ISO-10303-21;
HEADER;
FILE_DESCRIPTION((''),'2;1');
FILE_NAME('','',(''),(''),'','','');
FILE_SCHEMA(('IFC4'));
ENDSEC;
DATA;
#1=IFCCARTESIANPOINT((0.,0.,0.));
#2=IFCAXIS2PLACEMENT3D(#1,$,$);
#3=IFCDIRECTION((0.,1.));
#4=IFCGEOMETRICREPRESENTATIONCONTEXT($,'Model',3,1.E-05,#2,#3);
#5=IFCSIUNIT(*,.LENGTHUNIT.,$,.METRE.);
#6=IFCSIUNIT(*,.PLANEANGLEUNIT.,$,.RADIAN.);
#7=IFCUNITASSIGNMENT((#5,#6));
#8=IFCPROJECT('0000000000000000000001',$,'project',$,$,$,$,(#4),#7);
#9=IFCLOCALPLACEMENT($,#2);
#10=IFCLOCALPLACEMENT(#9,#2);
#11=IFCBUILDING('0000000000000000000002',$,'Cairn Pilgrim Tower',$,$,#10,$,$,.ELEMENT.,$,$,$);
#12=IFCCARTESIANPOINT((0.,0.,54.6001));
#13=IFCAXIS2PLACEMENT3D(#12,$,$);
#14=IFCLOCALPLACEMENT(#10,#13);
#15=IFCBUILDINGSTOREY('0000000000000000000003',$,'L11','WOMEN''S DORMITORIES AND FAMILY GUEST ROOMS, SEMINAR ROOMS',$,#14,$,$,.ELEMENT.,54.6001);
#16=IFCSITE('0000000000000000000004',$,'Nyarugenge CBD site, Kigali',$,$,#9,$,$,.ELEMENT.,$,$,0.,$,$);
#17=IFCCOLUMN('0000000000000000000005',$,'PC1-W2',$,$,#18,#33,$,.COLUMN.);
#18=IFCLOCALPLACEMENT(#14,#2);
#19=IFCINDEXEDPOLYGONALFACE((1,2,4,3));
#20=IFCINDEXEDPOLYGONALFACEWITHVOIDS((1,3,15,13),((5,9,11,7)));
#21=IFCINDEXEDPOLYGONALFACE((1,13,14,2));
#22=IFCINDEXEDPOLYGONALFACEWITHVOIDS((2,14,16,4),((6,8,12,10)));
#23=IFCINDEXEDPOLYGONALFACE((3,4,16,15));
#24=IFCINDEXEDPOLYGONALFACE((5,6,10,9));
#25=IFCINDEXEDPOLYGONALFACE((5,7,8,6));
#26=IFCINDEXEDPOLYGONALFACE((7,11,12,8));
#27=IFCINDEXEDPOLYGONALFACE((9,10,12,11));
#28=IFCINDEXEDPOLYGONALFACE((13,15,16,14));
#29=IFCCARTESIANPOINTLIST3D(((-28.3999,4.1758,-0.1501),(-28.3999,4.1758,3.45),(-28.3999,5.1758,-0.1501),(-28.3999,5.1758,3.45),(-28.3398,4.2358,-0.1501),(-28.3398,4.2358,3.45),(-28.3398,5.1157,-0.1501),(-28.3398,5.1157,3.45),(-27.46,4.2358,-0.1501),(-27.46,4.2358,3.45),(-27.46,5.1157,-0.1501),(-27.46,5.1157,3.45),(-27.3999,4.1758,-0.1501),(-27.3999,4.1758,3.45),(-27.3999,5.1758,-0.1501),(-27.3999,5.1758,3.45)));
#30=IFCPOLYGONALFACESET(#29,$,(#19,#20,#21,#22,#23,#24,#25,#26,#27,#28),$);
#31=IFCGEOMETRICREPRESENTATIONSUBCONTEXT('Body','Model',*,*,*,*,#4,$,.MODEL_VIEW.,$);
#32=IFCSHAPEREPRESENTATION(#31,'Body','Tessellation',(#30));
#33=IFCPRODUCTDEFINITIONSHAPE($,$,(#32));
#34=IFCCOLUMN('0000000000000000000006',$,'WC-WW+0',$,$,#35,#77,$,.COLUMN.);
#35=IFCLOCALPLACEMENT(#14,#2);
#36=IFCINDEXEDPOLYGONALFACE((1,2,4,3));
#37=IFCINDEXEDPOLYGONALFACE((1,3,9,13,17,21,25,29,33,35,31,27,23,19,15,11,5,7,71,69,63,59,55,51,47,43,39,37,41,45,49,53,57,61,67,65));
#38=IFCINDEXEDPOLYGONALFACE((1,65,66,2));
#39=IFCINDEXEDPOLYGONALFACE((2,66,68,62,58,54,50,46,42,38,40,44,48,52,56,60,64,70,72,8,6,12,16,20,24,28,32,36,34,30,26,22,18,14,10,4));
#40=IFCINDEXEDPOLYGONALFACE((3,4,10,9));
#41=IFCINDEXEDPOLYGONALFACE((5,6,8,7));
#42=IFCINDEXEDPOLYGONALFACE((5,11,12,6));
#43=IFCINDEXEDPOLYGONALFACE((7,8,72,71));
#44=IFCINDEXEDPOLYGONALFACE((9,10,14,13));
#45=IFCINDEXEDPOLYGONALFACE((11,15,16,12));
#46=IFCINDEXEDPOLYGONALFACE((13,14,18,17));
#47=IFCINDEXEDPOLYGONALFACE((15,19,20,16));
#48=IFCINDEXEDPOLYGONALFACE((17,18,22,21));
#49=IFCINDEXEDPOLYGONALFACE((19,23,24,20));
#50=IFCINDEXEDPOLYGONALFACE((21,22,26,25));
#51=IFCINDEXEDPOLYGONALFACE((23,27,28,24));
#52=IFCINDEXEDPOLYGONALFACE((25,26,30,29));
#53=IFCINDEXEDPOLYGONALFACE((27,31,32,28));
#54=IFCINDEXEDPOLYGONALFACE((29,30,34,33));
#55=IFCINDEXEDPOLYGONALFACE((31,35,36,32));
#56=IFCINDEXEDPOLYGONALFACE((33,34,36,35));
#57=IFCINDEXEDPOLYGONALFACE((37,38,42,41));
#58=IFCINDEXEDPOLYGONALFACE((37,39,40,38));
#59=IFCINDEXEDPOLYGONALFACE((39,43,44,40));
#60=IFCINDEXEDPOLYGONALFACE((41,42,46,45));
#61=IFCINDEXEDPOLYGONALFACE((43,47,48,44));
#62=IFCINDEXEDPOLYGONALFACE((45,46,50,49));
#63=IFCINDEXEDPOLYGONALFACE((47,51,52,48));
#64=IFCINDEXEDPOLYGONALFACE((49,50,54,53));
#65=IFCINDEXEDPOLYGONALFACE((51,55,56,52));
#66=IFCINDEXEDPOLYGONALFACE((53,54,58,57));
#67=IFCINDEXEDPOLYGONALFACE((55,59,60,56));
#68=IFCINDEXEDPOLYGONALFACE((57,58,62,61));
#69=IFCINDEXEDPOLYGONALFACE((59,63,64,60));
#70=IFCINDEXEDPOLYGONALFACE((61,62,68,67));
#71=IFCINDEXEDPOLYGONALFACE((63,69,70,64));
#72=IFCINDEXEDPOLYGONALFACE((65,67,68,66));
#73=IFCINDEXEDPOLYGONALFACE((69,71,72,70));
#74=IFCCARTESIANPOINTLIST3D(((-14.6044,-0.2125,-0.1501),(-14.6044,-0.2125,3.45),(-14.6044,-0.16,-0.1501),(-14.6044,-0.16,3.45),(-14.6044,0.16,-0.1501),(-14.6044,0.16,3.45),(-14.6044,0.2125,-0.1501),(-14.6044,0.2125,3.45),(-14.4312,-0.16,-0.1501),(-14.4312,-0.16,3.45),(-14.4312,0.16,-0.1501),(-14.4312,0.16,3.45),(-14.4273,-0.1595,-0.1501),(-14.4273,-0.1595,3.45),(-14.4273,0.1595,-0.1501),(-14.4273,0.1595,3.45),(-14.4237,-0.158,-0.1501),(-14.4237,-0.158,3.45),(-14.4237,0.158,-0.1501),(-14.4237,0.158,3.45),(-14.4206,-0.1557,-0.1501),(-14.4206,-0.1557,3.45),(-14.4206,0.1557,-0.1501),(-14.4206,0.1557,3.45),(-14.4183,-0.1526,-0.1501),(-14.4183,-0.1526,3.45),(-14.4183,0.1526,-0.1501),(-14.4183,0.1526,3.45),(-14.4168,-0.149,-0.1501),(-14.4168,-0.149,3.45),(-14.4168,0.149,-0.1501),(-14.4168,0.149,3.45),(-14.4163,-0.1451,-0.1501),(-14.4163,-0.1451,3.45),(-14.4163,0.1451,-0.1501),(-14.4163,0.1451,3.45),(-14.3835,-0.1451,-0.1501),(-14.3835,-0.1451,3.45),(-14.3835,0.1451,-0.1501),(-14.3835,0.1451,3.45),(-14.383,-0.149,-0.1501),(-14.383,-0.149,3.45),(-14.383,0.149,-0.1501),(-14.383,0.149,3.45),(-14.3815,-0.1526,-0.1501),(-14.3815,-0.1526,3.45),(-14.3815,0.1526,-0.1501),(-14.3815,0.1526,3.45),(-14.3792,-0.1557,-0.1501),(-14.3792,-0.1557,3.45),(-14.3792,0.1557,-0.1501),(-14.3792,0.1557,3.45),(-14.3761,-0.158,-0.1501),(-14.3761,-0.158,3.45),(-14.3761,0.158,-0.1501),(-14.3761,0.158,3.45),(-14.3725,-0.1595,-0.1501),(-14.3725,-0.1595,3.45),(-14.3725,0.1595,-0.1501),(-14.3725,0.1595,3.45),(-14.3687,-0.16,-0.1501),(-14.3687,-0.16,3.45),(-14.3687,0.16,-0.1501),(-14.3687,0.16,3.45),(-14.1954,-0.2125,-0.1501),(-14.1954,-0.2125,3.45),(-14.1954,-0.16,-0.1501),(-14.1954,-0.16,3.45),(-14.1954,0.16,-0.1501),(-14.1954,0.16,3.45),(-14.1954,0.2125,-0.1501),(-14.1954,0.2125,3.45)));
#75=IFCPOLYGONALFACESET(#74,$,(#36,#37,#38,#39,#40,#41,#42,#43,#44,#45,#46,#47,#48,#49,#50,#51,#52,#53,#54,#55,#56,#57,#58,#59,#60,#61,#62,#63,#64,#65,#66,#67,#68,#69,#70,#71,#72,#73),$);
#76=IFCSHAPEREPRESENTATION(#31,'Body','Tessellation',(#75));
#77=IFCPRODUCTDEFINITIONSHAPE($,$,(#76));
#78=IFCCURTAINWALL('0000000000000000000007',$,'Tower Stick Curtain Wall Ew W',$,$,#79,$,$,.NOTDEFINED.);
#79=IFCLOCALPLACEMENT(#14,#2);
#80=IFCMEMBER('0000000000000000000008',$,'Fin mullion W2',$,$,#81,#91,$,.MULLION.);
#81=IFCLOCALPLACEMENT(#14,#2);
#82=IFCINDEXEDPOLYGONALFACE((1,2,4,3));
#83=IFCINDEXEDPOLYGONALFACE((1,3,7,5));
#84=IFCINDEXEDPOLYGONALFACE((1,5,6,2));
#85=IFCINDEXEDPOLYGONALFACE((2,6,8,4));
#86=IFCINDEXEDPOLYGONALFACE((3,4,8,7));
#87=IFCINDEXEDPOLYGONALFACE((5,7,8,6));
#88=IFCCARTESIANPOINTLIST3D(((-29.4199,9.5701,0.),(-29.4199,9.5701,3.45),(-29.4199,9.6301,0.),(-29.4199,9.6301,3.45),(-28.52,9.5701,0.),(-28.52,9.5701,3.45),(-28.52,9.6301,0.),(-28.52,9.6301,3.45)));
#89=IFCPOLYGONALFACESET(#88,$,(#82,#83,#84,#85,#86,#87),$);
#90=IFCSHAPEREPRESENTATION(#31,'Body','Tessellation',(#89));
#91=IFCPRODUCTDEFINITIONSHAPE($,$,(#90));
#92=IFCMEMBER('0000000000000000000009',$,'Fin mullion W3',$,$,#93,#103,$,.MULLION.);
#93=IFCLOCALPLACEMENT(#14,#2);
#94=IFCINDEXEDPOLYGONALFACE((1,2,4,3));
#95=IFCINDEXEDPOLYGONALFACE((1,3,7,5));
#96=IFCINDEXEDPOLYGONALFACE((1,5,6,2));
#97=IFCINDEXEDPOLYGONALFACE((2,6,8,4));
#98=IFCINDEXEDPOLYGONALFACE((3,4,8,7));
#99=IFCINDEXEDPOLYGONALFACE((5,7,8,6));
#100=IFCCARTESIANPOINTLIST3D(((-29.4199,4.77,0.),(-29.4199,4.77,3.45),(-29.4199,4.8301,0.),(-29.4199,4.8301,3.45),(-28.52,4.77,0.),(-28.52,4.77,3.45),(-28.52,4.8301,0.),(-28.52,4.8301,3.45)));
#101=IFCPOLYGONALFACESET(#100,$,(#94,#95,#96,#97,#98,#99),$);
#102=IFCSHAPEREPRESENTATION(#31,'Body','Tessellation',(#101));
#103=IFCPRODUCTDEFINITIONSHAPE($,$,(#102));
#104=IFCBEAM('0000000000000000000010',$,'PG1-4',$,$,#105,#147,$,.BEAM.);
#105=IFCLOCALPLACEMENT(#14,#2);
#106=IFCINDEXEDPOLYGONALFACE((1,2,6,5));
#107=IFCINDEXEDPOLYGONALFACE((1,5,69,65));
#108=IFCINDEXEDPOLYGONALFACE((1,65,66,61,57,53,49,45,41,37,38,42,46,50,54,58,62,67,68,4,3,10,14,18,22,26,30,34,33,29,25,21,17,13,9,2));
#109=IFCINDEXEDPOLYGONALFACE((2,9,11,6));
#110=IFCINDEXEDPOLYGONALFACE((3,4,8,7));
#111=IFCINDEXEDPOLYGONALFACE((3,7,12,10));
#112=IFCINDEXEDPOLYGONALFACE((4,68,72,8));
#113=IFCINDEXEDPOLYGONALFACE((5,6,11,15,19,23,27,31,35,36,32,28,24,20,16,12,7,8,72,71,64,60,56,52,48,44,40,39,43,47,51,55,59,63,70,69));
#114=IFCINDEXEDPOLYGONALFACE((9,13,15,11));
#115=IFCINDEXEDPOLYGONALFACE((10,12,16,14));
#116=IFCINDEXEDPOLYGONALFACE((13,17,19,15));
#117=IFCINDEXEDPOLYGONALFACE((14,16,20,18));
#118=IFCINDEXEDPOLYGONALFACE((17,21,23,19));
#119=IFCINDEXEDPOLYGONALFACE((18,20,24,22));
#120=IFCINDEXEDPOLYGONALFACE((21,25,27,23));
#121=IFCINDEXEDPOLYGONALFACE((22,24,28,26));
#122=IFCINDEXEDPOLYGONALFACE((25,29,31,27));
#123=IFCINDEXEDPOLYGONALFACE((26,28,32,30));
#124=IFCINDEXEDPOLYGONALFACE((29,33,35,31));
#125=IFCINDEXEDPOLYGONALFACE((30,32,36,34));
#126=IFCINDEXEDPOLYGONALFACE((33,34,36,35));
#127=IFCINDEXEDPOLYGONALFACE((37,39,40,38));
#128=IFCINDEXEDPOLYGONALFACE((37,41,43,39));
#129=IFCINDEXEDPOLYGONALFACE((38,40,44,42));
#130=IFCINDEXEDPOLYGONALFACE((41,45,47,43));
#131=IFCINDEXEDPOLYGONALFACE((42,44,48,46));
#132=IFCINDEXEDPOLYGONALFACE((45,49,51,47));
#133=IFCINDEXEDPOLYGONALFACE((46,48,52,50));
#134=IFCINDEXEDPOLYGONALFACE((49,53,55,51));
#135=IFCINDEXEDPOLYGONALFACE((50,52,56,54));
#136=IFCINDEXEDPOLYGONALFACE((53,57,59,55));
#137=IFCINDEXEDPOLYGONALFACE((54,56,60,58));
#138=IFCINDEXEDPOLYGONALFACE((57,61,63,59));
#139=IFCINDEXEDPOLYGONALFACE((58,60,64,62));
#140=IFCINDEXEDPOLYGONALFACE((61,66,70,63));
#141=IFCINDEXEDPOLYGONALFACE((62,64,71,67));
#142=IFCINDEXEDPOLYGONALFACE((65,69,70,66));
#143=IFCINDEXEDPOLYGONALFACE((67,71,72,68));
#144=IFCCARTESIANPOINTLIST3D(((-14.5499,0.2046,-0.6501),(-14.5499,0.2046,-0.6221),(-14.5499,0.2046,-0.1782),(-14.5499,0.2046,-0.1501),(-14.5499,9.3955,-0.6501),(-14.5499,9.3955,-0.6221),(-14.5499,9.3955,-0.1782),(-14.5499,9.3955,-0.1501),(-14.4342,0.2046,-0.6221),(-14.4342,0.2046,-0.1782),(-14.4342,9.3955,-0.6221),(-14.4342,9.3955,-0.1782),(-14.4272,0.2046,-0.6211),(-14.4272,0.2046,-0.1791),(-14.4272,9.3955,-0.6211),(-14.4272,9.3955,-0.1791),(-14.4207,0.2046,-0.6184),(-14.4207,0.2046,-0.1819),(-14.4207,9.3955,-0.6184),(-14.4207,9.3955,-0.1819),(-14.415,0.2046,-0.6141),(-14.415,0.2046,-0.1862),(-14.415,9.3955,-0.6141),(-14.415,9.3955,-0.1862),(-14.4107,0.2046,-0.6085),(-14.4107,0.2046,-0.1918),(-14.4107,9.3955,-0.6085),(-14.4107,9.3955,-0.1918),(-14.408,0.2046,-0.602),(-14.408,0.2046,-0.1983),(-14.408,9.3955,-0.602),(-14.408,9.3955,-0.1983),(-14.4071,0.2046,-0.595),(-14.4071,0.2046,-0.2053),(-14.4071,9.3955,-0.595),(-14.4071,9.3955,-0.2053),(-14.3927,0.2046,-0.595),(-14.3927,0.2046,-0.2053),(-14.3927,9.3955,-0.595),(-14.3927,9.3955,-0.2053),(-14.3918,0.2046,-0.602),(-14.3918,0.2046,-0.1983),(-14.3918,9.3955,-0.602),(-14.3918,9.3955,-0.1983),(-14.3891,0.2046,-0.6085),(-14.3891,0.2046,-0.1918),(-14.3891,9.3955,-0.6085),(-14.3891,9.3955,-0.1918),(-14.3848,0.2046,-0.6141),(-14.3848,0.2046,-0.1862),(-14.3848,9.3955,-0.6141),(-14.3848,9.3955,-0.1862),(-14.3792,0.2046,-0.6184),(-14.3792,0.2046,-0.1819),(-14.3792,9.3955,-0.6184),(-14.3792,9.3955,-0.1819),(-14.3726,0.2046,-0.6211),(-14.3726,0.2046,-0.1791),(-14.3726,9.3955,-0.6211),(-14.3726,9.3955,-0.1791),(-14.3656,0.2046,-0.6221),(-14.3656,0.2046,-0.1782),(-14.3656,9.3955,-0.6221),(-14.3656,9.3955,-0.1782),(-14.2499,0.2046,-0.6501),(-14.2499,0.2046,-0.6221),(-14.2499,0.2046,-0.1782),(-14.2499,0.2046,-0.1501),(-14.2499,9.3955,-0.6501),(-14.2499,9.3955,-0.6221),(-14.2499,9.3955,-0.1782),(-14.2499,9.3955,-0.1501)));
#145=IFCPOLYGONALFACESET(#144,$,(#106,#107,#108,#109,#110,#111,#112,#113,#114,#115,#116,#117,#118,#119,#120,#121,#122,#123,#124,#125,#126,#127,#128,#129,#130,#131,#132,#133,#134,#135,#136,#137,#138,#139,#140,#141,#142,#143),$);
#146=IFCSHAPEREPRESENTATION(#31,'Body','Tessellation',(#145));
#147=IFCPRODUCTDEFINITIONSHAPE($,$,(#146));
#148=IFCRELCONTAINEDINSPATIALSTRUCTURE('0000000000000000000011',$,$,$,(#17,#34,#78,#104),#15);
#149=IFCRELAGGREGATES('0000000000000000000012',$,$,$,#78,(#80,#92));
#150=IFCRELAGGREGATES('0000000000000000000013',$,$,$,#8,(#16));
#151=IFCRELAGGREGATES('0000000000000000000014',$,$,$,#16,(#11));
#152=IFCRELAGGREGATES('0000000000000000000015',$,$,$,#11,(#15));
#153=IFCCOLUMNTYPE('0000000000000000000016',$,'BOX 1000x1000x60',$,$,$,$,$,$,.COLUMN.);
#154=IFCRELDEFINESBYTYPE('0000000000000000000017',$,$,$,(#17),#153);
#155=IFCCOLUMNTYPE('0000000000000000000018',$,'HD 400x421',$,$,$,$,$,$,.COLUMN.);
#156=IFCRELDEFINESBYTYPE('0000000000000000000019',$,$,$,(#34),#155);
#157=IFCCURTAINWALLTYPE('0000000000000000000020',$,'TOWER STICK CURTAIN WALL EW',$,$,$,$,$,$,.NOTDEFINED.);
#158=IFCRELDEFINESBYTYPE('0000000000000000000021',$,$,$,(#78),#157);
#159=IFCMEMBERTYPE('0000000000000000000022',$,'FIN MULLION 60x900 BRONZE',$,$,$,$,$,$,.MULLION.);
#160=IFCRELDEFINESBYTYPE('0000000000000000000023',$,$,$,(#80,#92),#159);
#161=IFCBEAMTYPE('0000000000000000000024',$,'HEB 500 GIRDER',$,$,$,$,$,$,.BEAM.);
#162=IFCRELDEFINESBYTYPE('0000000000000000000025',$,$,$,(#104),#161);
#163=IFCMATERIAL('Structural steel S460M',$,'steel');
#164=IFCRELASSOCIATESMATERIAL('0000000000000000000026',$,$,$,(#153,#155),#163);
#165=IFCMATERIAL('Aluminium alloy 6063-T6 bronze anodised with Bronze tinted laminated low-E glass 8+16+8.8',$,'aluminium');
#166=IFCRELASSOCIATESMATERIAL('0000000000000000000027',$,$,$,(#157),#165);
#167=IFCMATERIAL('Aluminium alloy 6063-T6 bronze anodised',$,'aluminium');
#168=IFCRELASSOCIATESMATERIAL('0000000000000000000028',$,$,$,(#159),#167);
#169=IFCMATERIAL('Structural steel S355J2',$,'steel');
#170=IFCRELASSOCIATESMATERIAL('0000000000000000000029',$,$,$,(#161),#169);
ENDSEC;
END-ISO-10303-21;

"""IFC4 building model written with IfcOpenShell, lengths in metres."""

from ifc_helpers import new_model, si_unit, direction, frame, origin, origin_2d, place, context, subcontext, project, spatial, rectangle, hollow_rectangle, i_section, extrude, material, material_profile, profile_set, type_object, element, aggregate, save


model = new_model("IFC4")

# Units and contexts
model_context = context("Model", 3, precision=1e-05, world=origin(), true_north=direction((0.0, 1.0)))
body_context = subcontext(model_context, "Body", "Model", "MODEL_VIEW")
ifc_project = project(units=[si_unit("LENGTHUNIT", "METRE"), si_unit("PLANEANGLEUNIT", "RADIAN")], contexts=[model_context])

# Site, building, storey
site_placement = place(None, origin())
site = spatial("IfcSite", under=ifc_project, at=site_placement, Name="Nyarugenge CBD site, Kigali", CompositionType="ELEMENT", RefElevation=0.0)
building_placement = place(site_placement, origin())
building = spatial("IfcBuilding", under=site, at=building_placement, Name="Cairn Pilgrim Tower", CompositionType="ELEMENT")
storey_placement = place(building_placement, frame((0.0, 0.0, 54.6001)))
storey = spatial("IfcBuildingStorey", under=building, at=storey_placement, Name="L11", Description="WOMEN'S DORMITORIES AND FAMILY GUEST ROOMS, SEMINAR ROOMS", CompositionType="ELEMENT", Elevation=54.6001)

# Columns
ifc_material_1 = material(Name="Structural steel S460M", Category="steel")
ifc_material_profile_1 = material_profile(ifc_material_1, hollow_rectangle(XDim=1.0, YDim=1.0, WallThickness=0.0601, at=origin_2d()), Name="BOX 1000x1000x60")
ifc_profile_set_1 = profile_set([ifc_material_profile_1], Name="Structural steel S460M")
column_type_1 = type_object("IfcColumnType", Name="BOX 1000x1000x60", PredefinedType="COLUMN", material=ifc_profile_set_1)
column_1_placement = place(storey_placement, frame((-27.8999, 4.6758, -0.1501), z_axis=(0.0, 0.0, 1.0), x_axis=(1.0, 0.0, 0.0)))
element("IfcColumn", 1, at=column_1_placement, inside=storey, type_object=column_type_1, Name="PC1-W2", PredefinedType="COLUMN", context=body_context, shape_type="SweptSolid", body=[
    extrude(hollow_rectangle(XDim=1.0, YDim=1.0, WallThickness=0.0601, at=origin_2d()), origin(), (0.0, 0.0, 1.0), 3.6001),
])
ifc_material_profile_2 = material_profile(ifc_material_1, i_section(OverallWidth=0.4089, OverallDepth=0.425, WebThickness=0.0327, FlangeThickness=0.0525, FilletRadius=0.0149, at=origin_2d()), Name="HD 400x421")
ifc_profile_set_2 = profile_set([ifc_material_profile_2], Name="Structural steel S460M")
column_type_2 = type_object("IfcColumnType", Name="HD 400x421", PredefinedType="COLUMN", material=ifc_profile_set_2)
column_2_placement = place(storey_placement, frame((-14.3999, 0.0, -0.1501), z_axis=(0.0, 0.0, 1.0), x_axis=(1.0, 0.0, 0.0)))
element("IfcColumn", 2, at=column_2_placement, inside=storey, type_object=column_type_2, Name="WC-WW+0", PredefinedType="COLUMN", context=body_context, shape_type="SweptSolid", body=[
    extrude(i_section(OverallWidth=0.4089, OverallDepth=0.425, WebThickness=0.0327, FlangeThickness=0.0525, FilletRadius=0.0149, at=origin_2d()), origin(), (0.0, 0.0, 1.0), 3.6001),
])

# Curtain wall, members
ifc_material_2 = material(Name="Aluminium alloy 6063-T6 bronze anodised with Bronze tinted laminated low-E glass 8+16+8.8", Category="aluminium")
curtain_wall_type = type_object("IfcCurtainWallType", Name="TOWER STICK CURTAIN WALL EW", PredefinedType="NOTDEFINED", material=ifc_material_2)
curtain_wall_placement = place(storey_placement, origin())
curtain_wall = element("IfcCurtainWall", 3, at=curtain_wall_placement, inside=storey, type_object=curtain_wall_type, Name="Tower Stick Curtain Wall Ew W", PredefinedType="NOTDEFINED")
ifc_material_3 = material(Name="Aluminium alloy 6063-T6 bronze anodised", Category="aluminium")
ifc_material_profile_3 = material_profile(ifc_material_3, rectangle(XDim=0.8999, YDim=0.0601, at=origin_2d()), Name="FIN MULLION 60x900 BRONZE")
ifc_profile_set_3 = profile_set([ifc_material_profile_3], Name="Aluminium alloy 6063-T6 bronze anodised")
member_type_1 = type_object("IfcMemberType", Name="FIN MULLION 60x900 BRONZE", PredefinedType="MULLION", material=ifc_profile_set_3)
member_1_placement = place(storey_placement, frame((-28.97, 9.6001, 0.0), z_axis=(0.0, 0.0, 1.0), x_axis=(-1.0, 0.0, 0.0)))
member_1 = element("IfcMember", 4, at=member_1_placement, type_object=member_type_1, Name="Fin mullion W2", PredefinedType="MULLION", context=body_context, shape_type="SweptSolid", body=[
    extrude(rectangle(XDim=0.8999, YDim=0.0601, at=origin_2d()), origin(), (0.0, 0.0, 1.0), 3.45),
])
member_2_placement = place(storey_placement, frame((-28.97, 4.8, 0.0), z_axis=(0.0, 0.0, 1.0), x_axis=(-1.0, 0.0, 0.0)))
member_2 = element("IfcMember", 5, at=member_2_placement, type_object=member_type_1, Name="Fin mullion W3", PredefinedType="MULLION", context=body_context, shape_type="SweptSolid", body=[
    extrude(rectangle(XDim=0.8999, YDim=0.0601, at=origin_2d()), origin(), (0.0, 0.0, 1.0), 3.45),
])

# Beam
ifc_material_4 = material(Name="Structural steel S355J2", Category="steel")
ifc_material_profile_4 = material_profile(ifc_material_4, i_section(OverallWidth=0.3, OverallDepth=0.5, WebThickness=0.0144, FlangeThickness=0.0281, FilletRadius=0.0271, at=origin_2d()), Name="HEB 500")
ifc_profile_set_4 = profile_set([ifc_material_profile_4], Name="Structural steel S355J2")
beam_type_1 = type_object("IfcBeamType", Name="HEB 500 GIRDER", PredefinedType="BEAM", material=ifc_profile_set_4)
beam_1_placement = place(storey_placement, frame((-14.3999, 0.2046, -0.4001), z_axis=(0.0, 1.0, 0.0), x_axis=(-1.0, 0.0, 0.0)))
element("IfcBeam", 6, at=beam_1_placement, inside=storey, type_object=beam_type_1, Name="PG1-4", PredefinedType="BEAM", context=body_context, shape_type="SweptSolid", body=[
    extrude(i_section(OverallWidth=0.3, OverallDepth=0.5, WebThickness=0.0144, FlangeThickness=0.0281, FilletRadius=0.0271, at=origin_2d()), origin(), (0.0, 0.0, 1.0), 9.1909),
])

aggregate(curtain_wall, [member_1, member_2])

save(model, "model.ifc")
